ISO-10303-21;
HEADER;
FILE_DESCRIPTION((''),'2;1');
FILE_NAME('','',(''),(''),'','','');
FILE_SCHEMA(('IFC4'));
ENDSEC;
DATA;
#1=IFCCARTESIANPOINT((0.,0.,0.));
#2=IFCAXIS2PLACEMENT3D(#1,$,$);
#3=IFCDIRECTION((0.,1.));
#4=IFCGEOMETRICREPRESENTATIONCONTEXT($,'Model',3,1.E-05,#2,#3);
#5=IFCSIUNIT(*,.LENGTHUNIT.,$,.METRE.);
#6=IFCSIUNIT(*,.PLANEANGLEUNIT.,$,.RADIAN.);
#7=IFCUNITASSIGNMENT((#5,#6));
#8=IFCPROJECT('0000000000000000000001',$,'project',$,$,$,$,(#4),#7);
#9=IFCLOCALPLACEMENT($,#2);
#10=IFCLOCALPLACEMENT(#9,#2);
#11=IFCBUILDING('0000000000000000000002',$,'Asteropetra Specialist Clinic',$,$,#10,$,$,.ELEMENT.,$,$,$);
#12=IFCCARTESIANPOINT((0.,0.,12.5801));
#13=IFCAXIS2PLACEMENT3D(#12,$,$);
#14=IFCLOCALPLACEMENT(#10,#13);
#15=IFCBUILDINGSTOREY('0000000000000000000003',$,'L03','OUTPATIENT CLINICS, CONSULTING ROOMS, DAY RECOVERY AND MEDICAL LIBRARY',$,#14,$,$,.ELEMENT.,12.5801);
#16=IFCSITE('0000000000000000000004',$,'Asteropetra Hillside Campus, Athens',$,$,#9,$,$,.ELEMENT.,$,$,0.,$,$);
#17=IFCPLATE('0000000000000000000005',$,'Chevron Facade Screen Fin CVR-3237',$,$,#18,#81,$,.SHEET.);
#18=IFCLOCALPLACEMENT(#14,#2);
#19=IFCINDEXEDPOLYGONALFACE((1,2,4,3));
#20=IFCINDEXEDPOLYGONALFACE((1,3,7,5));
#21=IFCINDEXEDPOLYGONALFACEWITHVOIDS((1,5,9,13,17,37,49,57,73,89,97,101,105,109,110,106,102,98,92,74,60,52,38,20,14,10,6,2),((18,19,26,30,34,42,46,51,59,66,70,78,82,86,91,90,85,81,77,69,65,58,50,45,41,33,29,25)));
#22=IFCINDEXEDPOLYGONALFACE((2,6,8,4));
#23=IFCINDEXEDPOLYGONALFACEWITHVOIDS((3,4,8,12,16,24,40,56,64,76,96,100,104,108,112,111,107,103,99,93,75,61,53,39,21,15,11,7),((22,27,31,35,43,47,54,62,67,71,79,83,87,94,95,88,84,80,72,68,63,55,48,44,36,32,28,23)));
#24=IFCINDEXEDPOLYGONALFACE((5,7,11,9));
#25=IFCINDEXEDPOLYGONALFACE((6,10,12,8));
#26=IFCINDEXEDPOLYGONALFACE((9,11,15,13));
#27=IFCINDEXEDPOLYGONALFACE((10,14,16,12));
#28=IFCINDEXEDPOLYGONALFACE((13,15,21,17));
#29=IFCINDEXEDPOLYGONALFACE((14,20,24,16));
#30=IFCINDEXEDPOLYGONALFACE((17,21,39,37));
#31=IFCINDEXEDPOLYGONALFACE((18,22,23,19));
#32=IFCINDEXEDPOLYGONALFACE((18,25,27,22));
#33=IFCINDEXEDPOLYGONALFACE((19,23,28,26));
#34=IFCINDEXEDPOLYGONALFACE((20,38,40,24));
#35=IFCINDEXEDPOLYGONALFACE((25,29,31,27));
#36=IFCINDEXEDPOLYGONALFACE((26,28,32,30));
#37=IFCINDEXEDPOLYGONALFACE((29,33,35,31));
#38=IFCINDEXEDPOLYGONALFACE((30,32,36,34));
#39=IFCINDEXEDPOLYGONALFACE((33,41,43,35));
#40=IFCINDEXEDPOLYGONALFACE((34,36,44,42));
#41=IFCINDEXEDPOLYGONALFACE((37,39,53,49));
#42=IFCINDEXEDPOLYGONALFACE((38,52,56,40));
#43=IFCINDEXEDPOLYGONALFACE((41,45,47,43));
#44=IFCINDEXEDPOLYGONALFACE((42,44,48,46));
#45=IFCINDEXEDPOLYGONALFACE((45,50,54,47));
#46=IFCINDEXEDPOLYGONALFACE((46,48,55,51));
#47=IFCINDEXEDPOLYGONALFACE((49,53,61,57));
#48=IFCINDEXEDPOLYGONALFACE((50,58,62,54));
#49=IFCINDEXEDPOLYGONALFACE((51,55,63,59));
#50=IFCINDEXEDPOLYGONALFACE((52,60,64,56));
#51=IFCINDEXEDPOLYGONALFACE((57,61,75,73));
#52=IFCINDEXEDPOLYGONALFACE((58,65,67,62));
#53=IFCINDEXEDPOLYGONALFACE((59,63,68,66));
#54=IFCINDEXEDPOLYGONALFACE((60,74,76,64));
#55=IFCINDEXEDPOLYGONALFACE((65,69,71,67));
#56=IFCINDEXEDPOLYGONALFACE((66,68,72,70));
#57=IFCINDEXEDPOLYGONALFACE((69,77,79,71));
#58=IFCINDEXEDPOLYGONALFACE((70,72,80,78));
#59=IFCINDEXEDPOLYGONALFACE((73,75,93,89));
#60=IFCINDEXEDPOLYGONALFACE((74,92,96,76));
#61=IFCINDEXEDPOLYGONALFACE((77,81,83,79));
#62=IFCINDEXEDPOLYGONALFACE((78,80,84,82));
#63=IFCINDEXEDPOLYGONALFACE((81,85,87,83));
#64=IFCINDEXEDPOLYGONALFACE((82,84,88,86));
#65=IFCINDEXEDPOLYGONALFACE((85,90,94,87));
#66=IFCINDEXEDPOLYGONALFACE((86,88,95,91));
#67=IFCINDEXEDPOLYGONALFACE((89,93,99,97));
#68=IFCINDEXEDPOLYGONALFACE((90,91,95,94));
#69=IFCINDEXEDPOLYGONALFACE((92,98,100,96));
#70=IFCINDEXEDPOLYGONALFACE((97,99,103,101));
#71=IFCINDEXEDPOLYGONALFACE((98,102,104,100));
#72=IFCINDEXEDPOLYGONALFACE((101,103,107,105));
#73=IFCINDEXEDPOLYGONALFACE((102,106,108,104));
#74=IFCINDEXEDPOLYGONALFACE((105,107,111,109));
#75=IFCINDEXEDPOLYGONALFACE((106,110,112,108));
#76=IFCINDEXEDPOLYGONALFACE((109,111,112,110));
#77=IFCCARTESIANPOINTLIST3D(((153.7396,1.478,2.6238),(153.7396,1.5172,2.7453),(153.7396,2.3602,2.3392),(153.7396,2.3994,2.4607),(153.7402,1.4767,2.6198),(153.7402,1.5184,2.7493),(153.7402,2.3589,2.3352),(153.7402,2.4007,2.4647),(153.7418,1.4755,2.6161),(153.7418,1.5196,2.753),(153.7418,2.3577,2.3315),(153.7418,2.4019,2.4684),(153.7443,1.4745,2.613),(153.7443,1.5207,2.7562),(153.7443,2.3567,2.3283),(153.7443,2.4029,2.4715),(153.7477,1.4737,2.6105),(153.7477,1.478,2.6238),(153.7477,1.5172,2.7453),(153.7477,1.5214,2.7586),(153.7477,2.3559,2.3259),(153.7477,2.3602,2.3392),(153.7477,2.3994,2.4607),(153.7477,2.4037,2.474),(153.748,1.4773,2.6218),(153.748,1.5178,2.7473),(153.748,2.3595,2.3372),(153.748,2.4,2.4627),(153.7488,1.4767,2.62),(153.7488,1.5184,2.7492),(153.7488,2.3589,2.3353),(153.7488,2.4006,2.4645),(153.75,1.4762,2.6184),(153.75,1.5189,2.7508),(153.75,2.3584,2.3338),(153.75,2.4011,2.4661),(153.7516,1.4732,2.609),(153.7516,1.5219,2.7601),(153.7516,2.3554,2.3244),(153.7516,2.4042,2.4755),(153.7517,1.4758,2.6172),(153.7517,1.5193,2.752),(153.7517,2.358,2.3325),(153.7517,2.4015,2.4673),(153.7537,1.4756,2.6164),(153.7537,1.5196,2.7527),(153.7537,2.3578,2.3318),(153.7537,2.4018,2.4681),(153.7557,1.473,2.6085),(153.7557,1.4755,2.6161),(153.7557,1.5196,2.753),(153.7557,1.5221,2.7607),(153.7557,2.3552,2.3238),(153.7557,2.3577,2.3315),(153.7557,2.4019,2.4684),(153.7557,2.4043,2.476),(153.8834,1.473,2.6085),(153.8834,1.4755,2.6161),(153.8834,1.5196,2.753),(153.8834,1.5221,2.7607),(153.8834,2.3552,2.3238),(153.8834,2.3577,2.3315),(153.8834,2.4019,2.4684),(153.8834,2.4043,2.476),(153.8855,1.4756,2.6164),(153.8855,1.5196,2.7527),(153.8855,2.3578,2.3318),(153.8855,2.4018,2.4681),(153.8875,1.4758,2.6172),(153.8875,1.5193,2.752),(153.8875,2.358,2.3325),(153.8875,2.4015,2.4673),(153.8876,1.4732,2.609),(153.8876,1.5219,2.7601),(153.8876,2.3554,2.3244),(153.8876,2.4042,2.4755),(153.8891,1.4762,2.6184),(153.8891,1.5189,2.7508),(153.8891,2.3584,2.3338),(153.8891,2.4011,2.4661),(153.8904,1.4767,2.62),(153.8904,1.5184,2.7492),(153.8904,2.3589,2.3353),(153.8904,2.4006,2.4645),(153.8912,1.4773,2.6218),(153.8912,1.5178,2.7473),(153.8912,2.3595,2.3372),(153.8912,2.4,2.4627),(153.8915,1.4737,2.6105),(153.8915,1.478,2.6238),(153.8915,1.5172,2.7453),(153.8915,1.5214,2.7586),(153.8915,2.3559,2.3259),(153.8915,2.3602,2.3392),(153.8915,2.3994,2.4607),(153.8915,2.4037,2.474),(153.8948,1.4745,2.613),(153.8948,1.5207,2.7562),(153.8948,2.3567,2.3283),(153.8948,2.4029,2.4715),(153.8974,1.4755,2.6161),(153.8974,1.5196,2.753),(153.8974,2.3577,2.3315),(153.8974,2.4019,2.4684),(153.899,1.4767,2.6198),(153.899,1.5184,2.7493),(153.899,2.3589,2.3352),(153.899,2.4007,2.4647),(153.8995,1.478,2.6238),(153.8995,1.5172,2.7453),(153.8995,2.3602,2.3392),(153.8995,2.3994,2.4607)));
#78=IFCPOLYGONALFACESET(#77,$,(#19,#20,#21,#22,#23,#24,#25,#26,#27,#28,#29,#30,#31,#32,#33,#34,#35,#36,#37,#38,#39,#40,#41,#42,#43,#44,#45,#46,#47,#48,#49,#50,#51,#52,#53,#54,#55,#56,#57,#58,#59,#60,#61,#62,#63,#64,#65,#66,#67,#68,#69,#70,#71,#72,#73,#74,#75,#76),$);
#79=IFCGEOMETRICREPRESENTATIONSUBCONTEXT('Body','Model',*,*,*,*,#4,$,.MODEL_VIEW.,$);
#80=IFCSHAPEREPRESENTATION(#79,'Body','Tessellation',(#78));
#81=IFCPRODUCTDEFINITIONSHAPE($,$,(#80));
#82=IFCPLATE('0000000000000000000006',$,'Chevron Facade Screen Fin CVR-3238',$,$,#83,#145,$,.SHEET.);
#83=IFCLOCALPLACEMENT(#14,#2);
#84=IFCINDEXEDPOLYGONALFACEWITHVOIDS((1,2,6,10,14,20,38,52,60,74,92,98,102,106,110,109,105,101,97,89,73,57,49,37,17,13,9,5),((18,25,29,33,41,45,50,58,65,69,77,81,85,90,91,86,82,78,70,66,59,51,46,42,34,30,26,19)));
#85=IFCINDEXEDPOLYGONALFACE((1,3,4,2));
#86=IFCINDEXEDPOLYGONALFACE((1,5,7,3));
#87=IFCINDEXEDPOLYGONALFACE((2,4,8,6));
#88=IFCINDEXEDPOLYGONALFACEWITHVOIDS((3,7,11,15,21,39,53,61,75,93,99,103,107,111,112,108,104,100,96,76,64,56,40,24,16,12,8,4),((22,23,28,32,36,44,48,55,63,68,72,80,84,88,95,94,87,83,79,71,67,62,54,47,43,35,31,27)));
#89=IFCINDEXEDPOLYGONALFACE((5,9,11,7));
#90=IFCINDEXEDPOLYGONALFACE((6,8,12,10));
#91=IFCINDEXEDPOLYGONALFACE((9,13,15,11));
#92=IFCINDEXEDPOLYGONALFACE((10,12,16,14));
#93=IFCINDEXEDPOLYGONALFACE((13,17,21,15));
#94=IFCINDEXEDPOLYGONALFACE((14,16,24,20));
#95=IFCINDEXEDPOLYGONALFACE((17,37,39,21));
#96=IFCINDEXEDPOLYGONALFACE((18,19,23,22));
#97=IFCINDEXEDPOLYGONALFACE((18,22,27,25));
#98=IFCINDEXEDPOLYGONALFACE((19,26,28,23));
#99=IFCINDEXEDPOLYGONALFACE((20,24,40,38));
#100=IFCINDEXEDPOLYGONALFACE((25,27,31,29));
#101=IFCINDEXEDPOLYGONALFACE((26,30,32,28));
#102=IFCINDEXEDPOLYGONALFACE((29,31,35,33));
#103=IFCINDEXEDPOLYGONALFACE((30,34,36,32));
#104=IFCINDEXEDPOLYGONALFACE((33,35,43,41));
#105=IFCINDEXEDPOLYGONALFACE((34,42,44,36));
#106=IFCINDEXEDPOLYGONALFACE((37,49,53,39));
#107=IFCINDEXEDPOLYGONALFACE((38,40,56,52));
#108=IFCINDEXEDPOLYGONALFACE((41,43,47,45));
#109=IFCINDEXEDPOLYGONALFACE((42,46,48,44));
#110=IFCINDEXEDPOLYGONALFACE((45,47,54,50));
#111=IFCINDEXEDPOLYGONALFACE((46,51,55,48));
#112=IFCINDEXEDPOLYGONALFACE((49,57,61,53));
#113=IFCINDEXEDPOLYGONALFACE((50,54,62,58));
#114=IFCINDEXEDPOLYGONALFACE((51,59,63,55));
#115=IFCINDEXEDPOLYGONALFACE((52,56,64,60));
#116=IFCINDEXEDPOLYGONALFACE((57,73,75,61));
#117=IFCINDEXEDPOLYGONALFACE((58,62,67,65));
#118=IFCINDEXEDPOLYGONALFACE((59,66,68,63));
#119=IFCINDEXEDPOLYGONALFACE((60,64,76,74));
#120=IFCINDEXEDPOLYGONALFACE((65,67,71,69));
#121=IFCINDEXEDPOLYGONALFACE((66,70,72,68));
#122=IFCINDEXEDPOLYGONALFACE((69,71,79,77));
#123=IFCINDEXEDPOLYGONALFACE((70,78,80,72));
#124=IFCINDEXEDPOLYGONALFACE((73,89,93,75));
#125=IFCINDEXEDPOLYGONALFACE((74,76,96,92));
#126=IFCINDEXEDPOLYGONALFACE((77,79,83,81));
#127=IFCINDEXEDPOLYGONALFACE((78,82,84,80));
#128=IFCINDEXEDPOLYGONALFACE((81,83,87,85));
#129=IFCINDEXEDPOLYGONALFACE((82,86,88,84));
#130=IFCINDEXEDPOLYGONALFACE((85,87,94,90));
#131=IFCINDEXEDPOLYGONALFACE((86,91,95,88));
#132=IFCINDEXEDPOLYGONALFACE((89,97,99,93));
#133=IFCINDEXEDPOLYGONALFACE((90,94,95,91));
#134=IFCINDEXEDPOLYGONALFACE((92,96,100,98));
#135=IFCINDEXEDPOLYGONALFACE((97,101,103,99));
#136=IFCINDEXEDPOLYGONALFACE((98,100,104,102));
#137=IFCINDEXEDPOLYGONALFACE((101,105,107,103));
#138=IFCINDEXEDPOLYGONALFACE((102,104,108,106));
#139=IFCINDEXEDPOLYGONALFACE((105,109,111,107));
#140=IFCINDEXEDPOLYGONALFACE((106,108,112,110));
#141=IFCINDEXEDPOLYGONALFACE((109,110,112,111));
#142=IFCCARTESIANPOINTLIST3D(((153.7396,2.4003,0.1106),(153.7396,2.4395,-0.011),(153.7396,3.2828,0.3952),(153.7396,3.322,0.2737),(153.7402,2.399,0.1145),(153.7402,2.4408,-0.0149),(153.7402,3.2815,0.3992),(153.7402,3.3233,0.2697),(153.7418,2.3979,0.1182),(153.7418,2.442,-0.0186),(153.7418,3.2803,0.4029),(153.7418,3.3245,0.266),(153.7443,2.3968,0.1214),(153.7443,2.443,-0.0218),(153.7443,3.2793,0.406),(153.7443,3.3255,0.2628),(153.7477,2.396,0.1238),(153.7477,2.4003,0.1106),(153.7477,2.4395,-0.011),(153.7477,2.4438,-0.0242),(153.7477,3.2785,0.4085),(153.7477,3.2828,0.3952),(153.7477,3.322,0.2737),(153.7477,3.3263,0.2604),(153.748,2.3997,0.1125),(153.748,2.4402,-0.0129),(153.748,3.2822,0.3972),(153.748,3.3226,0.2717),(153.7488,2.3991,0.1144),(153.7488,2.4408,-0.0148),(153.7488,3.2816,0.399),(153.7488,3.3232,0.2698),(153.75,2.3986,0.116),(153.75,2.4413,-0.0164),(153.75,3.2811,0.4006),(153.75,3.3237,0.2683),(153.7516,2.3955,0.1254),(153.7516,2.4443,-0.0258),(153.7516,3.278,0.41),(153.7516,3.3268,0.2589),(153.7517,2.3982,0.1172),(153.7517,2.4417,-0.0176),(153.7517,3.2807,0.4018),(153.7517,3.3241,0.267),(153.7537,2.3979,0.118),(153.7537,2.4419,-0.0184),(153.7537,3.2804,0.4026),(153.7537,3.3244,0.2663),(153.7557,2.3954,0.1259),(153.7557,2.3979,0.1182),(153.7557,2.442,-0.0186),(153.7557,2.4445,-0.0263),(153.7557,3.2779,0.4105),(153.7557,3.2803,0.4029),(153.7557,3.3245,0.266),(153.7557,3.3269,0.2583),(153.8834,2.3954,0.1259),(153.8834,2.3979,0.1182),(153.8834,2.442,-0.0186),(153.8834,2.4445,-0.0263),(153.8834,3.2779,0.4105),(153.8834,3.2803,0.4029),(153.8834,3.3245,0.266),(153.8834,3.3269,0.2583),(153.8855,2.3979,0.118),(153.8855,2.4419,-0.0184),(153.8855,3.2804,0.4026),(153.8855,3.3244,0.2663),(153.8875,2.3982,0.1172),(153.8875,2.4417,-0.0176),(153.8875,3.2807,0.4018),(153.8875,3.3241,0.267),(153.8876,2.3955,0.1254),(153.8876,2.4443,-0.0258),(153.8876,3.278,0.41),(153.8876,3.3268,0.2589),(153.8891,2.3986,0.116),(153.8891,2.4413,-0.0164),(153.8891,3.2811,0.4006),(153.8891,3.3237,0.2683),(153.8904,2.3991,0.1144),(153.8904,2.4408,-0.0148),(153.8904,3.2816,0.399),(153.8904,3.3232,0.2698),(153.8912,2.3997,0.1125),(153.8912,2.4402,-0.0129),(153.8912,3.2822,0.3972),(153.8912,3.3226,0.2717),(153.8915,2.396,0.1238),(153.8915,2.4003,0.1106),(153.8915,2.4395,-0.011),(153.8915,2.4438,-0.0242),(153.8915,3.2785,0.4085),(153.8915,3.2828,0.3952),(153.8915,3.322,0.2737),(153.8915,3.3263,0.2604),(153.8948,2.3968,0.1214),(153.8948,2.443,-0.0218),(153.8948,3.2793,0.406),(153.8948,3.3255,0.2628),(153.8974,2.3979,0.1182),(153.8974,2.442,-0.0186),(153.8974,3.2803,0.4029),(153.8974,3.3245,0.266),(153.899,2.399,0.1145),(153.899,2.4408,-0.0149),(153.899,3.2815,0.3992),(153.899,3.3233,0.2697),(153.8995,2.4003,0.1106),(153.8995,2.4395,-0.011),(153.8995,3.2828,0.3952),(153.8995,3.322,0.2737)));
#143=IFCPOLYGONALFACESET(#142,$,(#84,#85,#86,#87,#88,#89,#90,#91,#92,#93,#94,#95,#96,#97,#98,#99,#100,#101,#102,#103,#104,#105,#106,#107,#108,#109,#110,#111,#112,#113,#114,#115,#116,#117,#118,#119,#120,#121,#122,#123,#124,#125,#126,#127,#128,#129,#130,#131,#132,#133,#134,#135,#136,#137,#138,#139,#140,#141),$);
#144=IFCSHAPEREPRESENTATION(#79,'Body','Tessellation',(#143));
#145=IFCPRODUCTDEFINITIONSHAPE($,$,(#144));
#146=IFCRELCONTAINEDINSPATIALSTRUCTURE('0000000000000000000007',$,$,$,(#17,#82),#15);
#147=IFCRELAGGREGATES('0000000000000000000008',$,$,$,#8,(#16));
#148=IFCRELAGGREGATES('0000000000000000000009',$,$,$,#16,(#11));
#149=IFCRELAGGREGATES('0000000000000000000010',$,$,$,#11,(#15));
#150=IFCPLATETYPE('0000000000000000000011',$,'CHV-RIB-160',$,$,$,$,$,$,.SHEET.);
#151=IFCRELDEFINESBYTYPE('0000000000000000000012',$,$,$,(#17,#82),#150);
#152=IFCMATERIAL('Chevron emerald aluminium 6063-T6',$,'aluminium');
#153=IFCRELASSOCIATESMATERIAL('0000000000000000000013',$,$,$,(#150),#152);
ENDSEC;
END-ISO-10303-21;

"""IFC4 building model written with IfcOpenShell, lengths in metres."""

from ifc_helpers import new_model, si_unit, direction, frame, origin, origin_2d, place, context, subcontext, project, spatial, hollow_rectangle, extrude, material, material_profile, profile_set, type_object, element, save


model = new_model("IFC4")

# Units and contexts
model_context = context("Model", 3, precision=1e-05, world=origin(), true_north=direction((0.0, 1.0)))
body_context = subcontext(model_context, "Body", "Model", "MODEL_VIEW")
ifc_project = project(units=[si_unit("LENGTHUNIT", "METRE"), si_unit("PLANEANGLEUNIT", "RADIAN")], contexts=[model_context])

# Site, building, storey
site_placement = place(None, origin())
site = spatial("IfcSite", under=ifc_project, at=site_placement, Name="Asteropetra Hillside Campus, Athens", CompositionType="ELEMENT", RefElevation=0.0)
building_placement = place(site_placement, origin())
building = spatial("IfcBuilding", under=site, at=building_placement, Name="Asteropetra Specialist Clinic", CompositionType="ELEMENT")
storey_placement = place(building_placement, frame((0.0, 0.0, 12.5801)))
storey = spatial("IfcBuildingStorey", under=building, at=storey_placement, Name="L03", Description="OUTPATIENT CLINICS, CONSULTING ROOMS, DAY RECOVERY AND MEDICAL LIBRARY", CompositionType="ELEMENT", Elevation=12.5801)

# Plates
ifc_material_1 = material(Name="Chevron emerald aluminium 6063-T6", Category="aluminium")
ifc_material_profile = material_profile(ifc_material_1, hollow_rectangle(XDim=0.1599, YDim=0.1599, WallThickness=0.0081, InnerFilletRadius=0.0081, OuterFilletRadius=0.0161, at=origin_2d()), Name="SHS 160x160x8.0")
ifc_profile_set = profile_set([ifc_material_profile], Name="Chevron emerald aluminium 6063-T6")
plate_type_1 = type_object("IfcPlateType", Name="CHV-RIB-160", PredefinedType="SHEET", material=ifc_profile_set)
for number, where, z_axis, x_axis, name in (
    (1, (153.8196, 1.4976, 2.6846), (0.0, 0.951694, -0.307049), (-1.0, 0.0, 0.0), "Chevron Facade Screen Fin CVR-3237"),
):
    element("IfcPlate", number, at=place(storey_placement, frame(where, z_axis=z_axis, x_axis=x_axis)), inside=storey, type_object=plate_type_1, Name=name, PredefinedType="SHEET", context=body_context, shape_type="SweptSolid", body=[
        extrude(hollow_rectangle(XDim=0.1599, YDim=0.1599, WallThickness=0.0081, InnerFilletRadius=0.0081, OuterFilletRadius=0.0161, at=origin_2d()), origin(), (0.0, 0.0, 1.0), 0.927),
    ])
for number, where, z_axis, x_axis, name in (
    (2, (153.8196, 2.4199, 0.0498), (0.0, 0.951719, 0.306972), (-1.0, 0.0, 0.0), "Chevron Facade Screen Fin CVR-3238"),
):
    element("IfcPlate", number, at=place(storey_placement, frame(where, z_axis=z_axis, x_axis=x_axis)), inside=storey, type_object=plate_type_1, Name=name, PredefinedType="SHEET", context=body_context, shape_type="SweptSolid", body=[
        extrude(hollow_rectangle(XDim=0.1599, YDim=0.1599, WallThickness=0.0081, InnerFilletRadius=0.0081, OuterFilletRadius=0.0161, at=origin_2d()), origin(), (0.0, 0.0, 1.0), 0.9272),
    ])

save(model, "model.ifc")
